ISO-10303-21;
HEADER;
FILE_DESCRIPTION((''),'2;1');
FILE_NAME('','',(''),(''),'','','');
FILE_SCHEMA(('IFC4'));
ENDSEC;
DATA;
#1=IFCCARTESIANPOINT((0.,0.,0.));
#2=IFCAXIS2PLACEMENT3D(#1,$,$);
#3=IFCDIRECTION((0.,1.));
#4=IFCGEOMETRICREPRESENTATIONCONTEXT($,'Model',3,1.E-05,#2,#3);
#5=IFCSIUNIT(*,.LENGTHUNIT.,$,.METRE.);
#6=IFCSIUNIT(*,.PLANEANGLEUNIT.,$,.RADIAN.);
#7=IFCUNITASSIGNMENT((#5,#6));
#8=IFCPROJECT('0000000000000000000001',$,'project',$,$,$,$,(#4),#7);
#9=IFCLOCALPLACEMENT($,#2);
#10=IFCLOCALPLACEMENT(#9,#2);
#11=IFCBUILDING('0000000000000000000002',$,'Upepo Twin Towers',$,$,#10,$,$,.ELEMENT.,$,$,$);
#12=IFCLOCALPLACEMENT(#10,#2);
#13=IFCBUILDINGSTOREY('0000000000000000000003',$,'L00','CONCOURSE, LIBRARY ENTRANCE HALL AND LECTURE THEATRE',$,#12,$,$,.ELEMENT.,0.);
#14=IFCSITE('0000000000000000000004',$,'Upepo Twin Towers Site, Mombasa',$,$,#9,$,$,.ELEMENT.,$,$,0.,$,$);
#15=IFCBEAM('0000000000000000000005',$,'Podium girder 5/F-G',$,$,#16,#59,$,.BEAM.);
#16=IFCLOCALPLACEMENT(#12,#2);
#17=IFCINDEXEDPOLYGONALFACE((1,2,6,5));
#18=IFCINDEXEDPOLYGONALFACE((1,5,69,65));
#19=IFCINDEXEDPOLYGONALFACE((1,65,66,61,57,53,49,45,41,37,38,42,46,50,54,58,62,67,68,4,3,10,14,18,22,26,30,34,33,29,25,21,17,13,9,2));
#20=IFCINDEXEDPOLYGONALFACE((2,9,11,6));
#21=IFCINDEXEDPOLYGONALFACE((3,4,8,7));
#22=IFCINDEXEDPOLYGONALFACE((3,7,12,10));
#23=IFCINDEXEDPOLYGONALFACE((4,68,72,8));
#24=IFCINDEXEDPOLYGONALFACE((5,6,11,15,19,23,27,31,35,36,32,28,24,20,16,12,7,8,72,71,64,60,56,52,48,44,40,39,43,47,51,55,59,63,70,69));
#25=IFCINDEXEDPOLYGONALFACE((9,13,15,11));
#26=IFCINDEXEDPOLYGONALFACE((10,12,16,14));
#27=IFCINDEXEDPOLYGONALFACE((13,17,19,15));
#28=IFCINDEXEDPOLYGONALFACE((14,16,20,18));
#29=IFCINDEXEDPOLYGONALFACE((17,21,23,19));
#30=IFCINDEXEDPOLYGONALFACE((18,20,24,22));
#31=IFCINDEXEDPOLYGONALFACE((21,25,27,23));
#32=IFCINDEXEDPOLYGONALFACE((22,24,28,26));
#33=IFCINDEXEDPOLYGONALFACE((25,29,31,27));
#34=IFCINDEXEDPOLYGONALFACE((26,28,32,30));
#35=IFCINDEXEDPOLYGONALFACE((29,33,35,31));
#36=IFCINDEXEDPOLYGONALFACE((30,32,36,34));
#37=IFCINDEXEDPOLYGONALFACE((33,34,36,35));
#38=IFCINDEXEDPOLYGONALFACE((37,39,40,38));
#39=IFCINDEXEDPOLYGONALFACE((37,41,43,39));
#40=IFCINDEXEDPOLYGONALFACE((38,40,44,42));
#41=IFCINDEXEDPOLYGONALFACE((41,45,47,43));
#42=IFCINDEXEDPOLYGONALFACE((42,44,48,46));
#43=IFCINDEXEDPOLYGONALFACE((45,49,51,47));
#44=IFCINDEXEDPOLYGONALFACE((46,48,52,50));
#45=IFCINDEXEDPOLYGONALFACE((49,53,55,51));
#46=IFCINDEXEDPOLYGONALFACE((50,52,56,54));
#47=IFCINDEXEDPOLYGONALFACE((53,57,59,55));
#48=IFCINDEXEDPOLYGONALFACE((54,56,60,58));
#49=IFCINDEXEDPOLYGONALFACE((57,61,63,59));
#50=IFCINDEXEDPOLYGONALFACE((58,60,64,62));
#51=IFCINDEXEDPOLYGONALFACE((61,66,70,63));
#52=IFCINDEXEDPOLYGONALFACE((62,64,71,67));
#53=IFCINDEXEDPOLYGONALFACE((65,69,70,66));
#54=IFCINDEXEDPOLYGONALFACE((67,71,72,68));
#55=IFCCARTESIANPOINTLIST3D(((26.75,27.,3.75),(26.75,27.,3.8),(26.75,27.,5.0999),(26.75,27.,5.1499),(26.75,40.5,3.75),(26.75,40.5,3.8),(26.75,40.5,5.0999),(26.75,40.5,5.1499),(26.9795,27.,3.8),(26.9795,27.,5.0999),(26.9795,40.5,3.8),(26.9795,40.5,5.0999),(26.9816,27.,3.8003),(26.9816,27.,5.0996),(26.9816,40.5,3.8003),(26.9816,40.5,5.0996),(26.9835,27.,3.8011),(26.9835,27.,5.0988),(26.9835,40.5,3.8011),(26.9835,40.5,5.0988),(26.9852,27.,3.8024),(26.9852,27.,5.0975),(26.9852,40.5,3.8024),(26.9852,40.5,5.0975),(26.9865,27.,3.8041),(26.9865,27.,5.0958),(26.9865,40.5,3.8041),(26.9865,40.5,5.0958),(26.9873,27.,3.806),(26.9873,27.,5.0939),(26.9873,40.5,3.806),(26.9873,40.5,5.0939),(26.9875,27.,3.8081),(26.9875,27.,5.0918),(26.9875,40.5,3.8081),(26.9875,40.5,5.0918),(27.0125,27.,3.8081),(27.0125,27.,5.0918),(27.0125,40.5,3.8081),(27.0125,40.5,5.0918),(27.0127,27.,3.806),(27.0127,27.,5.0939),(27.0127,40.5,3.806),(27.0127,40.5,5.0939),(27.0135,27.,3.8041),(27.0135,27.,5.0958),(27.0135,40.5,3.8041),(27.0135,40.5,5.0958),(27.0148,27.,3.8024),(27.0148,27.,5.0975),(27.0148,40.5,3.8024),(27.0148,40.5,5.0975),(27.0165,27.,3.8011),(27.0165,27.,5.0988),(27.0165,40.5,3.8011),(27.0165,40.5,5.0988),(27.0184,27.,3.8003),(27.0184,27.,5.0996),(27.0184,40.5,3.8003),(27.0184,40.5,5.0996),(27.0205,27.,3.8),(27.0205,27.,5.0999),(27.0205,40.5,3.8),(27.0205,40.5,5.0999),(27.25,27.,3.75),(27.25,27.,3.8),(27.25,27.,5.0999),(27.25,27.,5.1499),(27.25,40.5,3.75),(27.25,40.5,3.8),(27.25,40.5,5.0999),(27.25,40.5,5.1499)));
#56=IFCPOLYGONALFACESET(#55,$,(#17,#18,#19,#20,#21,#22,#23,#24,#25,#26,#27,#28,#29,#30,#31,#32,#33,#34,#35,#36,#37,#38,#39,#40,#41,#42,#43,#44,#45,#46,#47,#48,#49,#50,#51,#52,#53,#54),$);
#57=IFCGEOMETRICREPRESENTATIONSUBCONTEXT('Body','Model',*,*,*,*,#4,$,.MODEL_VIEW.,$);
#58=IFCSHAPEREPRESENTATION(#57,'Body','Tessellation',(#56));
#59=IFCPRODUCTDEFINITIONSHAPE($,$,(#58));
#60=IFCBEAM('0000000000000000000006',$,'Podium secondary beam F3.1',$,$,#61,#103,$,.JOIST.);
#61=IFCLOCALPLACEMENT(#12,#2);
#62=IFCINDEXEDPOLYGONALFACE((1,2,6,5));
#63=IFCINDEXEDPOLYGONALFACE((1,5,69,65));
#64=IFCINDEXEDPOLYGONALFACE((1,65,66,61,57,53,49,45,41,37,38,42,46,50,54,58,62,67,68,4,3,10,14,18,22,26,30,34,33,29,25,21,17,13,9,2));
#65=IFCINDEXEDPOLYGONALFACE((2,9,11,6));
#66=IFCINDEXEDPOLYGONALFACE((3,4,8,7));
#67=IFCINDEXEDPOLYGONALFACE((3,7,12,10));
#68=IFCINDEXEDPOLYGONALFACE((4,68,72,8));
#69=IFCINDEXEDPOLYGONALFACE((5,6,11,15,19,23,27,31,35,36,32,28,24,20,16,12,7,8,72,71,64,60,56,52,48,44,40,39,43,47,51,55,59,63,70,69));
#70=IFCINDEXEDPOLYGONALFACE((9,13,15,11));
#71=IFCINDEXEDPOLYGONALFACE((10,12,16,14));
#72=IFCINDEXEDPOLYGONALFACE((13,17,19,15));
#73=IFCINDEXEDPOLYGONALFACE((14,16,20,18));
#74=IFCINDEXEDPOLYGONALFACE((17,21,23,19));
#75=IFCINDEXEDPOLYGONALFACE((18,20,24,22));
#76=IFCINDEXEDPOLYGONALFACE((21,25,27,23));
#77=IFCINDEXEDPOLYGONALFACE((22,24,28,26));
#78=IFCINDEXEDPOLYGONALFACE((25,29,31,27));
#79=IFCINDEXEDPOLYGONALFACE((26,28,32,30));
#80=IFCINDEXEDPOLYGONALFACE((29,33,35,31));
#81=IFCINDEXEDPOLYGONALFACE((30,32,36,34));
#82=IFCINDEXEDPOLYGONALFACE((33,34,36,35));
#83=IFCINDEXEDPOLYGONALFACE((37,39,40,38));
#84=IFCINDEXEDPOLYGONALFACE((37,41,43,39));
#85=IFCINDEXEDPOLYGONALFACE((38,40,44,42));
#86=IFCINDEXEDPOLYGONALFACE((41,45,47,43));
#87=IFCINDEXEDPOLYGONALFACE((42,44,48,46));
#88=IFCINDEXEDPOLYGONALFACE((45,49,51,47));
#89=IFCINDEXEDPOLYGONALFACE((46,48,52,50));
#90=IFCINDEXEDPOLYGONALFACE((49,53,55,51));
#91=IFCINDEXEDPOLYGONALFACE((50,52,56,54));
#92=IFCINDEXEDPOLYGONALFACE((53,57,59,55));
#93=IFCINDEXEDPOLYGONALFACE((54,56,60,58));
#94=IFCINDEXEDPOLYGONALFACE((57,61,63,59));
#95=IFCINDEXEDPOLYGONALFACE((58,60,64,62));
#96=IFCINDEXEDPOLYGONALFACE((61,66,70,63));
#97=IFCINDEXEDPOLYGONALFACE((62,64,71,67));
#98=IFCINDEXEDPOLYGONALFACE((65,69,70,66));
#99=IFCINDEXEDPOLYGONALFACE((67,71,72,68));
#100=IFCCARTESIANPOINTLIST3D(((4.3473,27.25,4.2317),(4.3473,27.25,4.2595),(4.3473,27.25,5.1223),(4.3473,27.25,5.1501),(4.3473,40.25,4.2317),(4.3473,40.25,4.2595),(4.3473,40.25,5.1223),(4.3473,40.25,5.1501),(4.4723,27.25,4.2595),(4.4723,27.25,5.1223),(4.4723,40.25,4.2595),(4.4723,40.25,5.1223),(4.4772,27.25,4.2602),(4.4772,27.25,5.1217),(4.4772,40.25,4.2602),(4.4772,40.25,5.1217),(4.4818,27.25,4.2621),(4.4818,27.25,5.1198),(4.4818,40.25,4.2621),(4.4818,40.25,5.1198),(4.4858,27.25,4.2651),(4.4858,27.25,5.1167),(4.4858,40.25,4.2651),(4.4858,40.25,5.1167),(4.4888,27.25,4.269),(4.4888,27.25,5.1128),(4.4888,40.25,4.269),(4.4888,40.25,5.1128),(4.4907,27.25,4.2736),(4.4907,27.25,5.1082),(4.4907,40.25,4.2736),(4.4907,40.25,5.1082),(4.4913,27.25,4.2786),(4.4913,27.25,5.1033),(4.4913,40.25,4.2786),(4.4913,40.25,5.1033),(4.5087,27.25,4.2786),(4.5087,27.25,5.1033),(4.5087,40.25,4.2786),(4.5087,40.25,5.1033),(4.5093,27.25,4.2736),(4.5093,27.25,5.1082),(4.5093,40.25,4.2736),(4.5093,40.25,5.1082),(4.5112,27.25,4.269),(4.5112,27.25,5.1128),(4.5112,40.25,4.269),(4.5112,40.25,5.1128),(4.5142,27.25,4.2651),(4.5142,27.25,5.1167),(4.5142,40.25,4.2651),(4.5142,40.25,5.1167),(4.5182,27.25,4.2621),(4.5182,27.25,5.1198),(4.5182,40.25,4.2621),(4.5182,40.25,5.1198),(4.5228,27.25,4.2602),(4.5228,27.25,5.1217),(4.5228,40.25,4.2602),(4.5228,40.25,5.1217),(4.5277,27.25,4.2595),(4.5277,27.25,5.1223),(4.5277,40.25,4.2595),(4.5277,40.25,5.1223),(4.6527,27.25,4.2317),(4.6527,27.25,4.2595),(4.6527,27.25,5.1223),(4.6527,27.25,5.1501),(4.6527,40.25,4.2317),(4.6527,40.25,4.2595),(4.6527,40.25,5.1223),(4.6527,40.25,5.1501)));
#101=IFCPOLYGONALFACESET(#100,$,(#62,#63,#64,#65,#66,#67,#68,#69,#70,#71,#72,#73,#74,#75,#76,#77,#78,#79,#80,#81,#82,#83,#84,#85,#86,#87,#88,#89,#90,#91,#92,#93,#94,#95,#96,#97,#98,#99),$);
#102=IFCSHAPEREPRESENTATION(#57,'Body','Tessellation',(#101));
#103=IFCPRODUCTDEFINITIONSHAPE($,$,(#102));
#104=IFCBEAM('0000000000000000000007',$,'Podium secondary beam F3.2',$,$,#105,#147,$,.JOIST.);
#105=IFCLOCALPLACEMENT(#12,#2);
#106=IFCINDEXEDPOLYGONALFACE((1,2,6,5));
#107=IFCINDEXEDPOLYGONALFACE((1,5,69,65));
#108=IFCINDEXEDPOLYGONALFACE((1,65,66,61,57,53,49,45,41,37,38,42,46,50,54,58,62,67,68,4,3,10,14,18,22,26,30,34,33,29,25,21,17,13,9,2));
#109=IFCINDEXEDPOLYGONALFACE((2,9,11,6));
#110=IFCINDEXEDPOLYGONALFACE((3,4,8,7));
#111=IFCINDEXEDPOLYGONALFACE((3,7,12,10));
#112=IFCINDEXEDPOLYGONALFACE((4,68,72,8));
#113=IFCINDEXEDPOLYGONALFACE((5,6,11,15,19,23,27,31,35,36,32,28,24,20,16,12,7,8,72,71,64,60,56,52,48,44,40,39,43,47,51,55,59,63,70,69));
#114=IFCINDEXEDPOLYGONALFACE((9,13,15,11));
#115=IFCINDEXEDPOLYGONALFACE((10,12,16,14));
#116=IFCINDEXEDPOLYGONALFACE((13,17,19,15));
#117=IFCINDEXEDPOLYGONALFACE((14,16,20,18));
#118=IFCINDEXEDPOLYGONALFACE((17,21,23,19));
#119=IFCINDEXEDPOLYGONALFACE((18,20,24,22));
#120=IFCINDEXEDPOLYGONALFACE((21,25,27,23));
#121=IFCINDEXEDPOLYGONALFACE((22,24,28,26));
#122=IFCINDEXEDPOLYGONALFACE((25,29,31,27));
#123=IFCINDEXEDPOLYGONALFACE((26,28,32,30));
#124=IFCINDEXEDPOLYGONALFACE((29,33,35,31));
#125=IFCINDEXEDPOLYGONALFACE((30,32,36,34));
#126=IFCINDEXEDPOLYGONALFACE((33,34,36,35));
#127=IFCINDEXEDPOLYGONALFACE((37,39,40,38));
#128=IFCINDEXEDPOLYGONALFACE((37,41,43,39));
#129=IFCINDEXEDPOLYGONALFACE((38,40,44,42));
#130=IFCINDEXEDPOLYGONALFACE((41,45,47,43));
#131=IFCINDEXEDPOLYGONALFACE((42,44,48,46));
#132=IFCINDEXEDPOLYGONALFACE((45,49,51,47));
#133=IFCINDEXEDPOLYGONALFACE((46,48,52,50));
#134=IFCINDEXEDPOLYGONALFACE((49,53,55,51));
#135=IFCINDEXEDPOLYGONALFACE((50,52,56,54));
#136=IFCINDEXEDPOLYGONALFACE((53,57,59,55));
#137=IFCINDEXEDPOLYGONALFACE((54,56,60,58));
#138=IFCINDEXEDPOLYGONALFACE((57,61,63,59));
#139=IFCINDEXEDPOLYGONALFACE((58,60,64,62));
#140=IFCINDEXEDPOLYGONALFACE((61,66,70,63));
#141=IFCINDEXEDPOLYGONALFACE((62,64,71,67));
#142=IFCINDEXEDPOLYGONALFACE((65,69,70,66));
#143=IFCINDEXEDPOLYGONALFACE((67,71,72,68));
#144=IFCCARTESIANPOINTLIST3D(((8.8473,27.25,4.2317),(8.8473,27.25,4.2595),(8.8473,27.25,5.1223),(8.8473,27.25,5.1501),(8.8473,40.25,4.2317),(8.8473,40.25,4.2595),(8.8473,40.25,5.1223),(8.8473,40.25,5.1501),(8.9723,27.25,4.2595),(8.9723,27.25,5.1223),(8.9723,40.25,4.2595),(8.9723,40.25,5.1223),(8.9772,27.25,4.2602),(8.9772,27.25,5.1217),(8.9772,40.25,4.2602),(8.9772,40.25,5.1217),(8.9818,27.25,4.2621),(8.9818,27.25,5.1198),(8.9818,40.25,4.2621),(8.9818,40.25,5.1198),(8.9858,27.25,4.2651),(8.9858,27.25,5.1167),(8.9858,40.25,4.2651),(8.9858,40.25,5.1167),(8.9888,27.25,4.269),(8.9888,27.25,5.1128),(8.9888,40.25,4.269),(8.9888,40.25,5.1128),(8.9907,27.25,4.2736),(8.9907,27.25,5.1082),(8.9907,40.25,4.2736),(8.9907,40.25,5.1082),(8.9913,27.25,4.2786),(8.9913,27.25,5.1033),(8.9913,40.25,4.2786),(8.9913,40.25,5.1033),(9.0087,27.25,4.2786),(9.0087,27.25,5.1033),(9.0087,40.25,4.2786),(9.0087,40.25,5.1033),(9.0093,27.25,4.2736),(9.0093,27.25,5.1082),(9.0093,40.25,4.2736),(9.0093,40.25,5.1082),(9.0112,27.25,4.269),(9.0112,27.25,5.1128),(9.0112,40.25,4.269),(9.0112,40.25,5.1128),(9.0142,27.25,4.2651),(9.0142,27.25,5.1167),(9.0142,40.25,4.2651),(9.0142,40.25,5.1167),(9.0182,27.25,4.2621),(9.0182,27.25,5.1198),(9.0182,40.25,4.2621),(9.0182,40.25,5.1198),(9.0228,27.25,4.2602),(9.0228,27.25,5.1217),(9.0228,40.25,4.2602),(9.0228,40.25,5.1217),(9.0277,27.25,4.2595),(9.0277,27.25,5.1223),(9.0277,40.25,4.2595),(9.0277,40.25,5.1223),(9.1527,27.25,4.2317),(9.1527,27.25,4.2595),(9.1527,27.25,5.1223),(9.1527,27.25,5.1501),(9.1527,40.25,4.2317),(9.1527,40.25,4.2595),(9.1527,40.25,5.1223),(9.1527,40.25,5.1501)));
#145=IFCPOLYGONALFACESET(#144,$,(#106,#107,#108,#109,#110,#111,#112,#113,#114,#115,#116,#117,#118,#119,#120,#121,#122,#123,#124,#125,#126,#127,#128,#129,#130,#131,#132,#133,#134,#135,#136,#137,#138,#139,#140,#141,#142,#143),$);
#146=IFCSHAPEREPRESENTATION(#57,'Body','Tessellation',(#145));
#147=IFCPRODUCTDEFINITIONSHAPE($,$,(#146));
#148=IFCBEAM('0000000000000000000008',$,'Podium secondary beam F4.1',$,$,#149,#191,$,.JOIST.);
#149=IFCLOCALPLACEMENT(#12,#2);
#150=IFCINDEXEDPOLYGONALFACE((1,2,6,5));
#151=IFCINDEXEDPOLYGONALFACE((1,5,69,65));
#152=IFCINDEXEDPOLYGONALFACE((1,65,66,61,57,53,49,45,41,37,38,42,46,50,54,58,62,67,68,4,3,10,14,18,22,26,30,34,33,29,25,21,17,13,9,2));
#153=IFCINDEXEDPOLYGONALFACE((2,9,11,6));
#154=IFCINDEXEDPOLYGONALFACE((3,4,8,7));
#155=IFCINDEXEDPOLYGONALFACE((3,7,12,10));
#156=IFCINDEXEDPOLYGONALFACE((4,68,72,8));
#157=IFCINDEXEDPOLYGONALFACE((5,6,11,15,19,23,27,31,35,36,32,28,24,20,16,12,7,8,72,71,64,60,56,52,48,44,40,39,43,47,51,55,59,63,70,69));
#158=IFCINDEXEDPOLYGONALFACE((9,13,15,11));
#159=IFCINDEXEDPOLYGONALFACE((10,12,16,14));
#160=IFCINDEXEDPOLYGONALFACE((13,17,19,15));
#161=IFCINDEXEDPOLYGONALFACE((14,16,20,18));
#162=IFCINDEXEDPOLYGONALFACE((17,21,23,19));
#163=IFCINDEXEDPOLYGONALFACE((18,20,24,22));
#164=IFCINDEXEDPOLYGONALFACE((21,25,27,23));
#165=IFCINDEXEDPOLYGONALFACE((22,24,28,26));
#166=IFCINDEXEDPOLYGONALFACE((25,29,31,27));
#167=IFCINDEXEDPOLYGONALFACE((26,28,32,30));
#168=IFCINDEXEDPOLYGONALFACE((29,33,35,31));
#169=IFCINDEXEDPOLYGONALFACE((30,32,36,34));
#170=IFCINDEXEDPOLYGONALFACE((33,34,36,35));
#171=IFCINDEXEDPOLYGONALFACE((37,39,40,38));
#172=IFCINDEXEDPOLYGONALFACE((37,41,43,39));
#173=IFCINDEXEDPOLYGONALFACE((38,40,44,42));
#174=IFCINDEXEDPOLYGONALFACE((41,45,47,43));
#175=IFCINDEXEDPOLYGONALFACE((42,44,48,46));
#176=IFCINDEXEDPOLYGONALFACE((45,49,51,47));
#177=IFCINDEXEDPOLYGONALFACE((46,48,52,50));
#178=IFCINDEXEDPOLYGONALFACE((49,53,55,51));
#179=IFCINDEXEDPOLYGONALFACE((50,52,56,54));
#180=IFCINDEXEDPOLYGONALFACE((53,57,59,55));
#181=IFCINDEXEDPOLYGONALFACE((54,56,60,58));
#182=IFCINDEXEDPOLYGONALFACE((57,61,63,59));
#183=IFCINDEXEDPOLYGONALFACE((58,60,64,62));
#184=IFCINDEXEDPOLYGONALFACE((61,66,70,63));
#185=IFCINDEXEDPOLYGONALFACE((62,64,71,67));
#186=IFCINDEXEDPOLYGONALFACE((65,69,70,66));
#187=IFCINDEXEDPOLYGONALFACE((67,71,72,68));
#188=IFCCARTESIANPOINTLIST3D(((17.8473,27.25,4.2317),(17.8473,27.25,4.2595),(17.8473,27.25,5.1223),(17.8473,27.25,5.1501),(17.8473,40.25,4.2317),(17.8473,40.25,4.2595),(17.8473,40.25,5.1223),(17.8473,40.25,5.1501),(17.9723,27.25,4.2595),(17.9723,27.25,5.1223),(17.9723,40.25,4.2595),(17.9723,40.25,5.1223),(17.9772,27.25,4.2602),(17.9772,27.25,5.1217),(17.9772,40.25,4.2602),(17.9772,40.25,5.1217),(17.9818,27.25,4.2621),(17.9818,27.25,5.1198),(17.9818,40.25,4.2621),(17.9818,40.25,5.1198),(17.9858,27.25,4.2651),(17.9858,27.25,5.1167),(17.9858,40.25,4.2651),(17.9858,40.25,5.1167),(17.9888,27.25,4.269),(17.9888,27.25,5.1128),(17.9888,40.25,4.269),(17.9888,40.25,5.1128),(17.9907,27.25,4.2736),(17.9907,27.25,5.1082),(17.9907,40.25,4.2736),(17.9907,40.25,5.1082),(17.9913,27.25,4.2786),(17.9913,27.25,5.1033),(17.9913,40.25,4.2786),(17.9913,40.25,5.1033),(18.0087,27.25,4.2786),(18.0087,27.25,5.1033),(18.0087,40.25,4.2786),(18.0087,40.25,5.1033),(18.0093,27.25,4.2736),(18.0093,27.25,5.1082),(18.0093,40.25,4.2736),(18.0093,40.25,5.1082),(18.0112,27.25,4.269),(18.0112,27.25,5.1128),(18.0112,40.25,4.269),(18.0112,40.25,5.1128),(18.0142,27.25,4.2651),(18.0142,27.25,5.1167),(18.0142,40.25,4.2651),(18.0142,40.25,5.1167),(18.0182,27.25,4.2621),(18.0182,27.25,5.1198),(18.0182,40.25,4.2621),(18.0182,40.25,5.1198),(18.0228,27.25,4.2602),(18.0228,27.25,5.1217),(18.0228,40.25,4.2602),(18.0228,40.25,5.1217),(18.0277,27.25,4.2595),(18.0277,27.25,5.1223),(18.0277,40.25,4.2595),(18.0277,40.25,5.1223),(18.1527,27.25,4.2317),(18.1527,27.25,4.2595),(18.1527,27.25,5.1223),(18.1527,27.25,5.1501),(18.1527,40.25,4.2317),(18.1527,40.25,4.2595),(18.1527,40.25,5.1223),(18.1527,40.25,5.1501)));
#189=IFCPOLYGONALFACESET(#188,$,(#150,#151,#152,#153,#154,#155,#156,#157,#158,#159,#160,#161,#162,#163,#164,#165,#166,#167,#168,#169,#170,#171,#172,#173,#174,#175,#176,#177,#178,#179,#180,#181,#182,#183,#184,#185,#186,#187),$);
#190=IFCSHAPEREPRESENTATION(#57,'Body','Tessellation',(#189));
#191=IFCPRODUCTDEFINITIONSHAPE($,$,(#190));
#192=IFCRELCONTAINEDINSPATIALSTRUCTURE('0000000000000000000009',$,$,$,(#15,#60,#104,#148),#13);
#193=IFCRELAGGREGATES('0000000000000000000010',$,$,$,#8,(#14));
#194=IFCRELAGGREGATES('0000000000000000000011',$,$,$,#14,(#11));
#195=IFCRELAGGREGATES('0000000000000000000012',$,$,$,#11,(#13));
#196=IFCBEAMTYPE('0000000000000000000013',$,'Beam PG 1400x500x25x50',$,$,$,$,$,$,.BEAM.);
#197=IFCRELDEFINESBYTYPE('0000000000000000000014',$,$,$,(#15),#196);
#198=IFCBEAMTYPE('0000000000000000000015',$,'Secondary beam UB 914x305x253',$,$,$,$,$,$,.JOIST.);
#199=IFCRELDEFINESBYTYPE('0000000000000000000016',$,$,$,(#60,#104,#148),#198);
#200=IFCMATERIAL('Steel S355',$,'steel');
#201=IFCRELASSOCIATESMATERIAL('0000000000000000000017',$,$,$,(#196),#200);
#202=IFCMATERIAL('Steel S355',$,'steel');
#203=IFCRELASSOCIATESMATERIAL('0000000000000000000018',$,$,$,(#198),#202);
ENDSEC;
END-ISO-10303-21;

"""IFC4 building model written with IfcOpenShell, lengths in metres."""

from ifc_helpers import new_model, si_unit, direction, frame, origin, origin_2d, place, context, subcontext, project, spatial, i_section, extrude, material, material_profile, profile_set, type_object, element, save


model = new_model("IFC4")

# Units and contexts
model_context = context("Model", 3, precision=1e-05, world=origin(), true_north=direction((0.0, 1.0)))
body_context = subcontext(model_context, "Body", "Model", "MODEL_VIEW")
ifc_project = project(units=[si_unit("LENGTHUNIT", "METRE"), si_unit("PLANEANGLEUNIT", "RADIAN")], contexts=[model_context])

# Site, building, storey
site_placement = place(None, origin())
site = spatial("IfcSite", under=ifc_project, at=site_placement, Name="Upepo Twin Towers Site, Mombasa", CompositionType="ELEMENT", RefElevation=0.0)
building_placement = place(site_placement, origin())
building = spatial("IfcBuilding", under=site, at=building_placement, Name="Upepo Twin Towers", CompositionType="ELEMENT")
storey_placement = place(building_placement, origin())
storey = spatial("IfcBuildingStorey", under=building, at=storey_placement, Name="L00", Description="CONCOURSE, LIBRARY ENTRANCE HALL AND LECTURE THEATRE", CompositionType="ELEMENT", Elevation=0.0)

# Beams
ifc_material_1 = material(Name="Steel S355", Category="steel")
ifc_material_profile_1 = material_profile(ifc_material_1, i_section(OverallWidth=0.5, OverallDepth=1.3999, WebThickness=0.0249, FlangeThickness=0.05, FilletRadius=0.0081, at=origin_2d()), Name="PG 1400x500x25x50")
ifc_profile_set_1 = profile_set([ifc_material_profile_1], Name="Steel S355")
beam_type_1 = type_object("IfcBeamType", Name="Beam PG 1400x500x25x50", PredefinedType="BEAM", material=ifc_profile_set_1)
for number, where, z_axis, x_axis, name in (
    (1, (27.0, 27.0, 4.45), (0.0, 1.0, 0.0), (-1.0, 0.0, 0.0), "Podium girder 5/F-G"),
):
    element("IfcBeam", number, at=place(storey_placement, frame(where, z_axis=z_axis, x_axis=x_axis)), inside=storey, type_object=beam_type_1, Name=name, PredefinedType="BEAM", context=body_context, shape_type="SweptSolid", body=[
        extrude(i_section(OverallWidth=0.5, OverallDepth=1.3999, WebThickness=0.0249, FlangeThickness=0.05, FilletRadius=0.0081, at=origin_2d()), origin(), (0.0, 0.0, 1.0), 13.5),
    ])
ifc_material_2 = material(Name="Steel S355", Category="steel")
ifc_material_profile_2 = material_profile(ifc_material_2, i_section(OverallWidth=0.3054, OverallDepth=0.9185, WebThickness=0.0173, FlangeThickness=0.0278, FilletRadius=0.019, at=origin_2d()), Name="UB 914x305x253")
ifc_profile_set_2 = profile_set([ifc_material_profile_2], Name="Steel S355")
beam_type_2 = type_object("IfcBeamType", Name="Secondary beam UB 914x305x253", PredefinedType="JOIST", material=ifc_profile_set_2)
for number, where, z_axis, x_axis, name in (
    (2, (4.5, 27.25, 4.6909), (0.0, 1.0, 0.0), (-1.0, 0.0, 0.0), "Podium secondary beam F3.1"),
    (3, (9.0, 27.25, 4.6909), (0.0, 1.0, 0.0), (-1.0, 0.0, 0.0), "Podium secondary beam F3.2"),
    (4, (18.0, 27.25, 4.6909), (0.0, 1.0, 0.0), (-1.0, 0.0, 0.0), "Podium secondary beam F4.1"),
):
    element("IfcBeam", number, at=place(storey_placement, frame(where, z_axis=z_axis, x_axis=x_axis)), inside=storey, type_object=beam_type_2, Name=name, PredefinedType="JOIST", context=body_context, shape_type="SweptSolid", body=[
        extrude(i_section(OverallWidth=0.3054, OverallDepth=0.9185, WebThickness=0.0173, FlangeThickness=0.0278, FilletRadius=0.019, at=origin_2d()), origin(), (0.0, 0.0, 1.0), 13.0),
    ])

save(model, "model.ifc")
